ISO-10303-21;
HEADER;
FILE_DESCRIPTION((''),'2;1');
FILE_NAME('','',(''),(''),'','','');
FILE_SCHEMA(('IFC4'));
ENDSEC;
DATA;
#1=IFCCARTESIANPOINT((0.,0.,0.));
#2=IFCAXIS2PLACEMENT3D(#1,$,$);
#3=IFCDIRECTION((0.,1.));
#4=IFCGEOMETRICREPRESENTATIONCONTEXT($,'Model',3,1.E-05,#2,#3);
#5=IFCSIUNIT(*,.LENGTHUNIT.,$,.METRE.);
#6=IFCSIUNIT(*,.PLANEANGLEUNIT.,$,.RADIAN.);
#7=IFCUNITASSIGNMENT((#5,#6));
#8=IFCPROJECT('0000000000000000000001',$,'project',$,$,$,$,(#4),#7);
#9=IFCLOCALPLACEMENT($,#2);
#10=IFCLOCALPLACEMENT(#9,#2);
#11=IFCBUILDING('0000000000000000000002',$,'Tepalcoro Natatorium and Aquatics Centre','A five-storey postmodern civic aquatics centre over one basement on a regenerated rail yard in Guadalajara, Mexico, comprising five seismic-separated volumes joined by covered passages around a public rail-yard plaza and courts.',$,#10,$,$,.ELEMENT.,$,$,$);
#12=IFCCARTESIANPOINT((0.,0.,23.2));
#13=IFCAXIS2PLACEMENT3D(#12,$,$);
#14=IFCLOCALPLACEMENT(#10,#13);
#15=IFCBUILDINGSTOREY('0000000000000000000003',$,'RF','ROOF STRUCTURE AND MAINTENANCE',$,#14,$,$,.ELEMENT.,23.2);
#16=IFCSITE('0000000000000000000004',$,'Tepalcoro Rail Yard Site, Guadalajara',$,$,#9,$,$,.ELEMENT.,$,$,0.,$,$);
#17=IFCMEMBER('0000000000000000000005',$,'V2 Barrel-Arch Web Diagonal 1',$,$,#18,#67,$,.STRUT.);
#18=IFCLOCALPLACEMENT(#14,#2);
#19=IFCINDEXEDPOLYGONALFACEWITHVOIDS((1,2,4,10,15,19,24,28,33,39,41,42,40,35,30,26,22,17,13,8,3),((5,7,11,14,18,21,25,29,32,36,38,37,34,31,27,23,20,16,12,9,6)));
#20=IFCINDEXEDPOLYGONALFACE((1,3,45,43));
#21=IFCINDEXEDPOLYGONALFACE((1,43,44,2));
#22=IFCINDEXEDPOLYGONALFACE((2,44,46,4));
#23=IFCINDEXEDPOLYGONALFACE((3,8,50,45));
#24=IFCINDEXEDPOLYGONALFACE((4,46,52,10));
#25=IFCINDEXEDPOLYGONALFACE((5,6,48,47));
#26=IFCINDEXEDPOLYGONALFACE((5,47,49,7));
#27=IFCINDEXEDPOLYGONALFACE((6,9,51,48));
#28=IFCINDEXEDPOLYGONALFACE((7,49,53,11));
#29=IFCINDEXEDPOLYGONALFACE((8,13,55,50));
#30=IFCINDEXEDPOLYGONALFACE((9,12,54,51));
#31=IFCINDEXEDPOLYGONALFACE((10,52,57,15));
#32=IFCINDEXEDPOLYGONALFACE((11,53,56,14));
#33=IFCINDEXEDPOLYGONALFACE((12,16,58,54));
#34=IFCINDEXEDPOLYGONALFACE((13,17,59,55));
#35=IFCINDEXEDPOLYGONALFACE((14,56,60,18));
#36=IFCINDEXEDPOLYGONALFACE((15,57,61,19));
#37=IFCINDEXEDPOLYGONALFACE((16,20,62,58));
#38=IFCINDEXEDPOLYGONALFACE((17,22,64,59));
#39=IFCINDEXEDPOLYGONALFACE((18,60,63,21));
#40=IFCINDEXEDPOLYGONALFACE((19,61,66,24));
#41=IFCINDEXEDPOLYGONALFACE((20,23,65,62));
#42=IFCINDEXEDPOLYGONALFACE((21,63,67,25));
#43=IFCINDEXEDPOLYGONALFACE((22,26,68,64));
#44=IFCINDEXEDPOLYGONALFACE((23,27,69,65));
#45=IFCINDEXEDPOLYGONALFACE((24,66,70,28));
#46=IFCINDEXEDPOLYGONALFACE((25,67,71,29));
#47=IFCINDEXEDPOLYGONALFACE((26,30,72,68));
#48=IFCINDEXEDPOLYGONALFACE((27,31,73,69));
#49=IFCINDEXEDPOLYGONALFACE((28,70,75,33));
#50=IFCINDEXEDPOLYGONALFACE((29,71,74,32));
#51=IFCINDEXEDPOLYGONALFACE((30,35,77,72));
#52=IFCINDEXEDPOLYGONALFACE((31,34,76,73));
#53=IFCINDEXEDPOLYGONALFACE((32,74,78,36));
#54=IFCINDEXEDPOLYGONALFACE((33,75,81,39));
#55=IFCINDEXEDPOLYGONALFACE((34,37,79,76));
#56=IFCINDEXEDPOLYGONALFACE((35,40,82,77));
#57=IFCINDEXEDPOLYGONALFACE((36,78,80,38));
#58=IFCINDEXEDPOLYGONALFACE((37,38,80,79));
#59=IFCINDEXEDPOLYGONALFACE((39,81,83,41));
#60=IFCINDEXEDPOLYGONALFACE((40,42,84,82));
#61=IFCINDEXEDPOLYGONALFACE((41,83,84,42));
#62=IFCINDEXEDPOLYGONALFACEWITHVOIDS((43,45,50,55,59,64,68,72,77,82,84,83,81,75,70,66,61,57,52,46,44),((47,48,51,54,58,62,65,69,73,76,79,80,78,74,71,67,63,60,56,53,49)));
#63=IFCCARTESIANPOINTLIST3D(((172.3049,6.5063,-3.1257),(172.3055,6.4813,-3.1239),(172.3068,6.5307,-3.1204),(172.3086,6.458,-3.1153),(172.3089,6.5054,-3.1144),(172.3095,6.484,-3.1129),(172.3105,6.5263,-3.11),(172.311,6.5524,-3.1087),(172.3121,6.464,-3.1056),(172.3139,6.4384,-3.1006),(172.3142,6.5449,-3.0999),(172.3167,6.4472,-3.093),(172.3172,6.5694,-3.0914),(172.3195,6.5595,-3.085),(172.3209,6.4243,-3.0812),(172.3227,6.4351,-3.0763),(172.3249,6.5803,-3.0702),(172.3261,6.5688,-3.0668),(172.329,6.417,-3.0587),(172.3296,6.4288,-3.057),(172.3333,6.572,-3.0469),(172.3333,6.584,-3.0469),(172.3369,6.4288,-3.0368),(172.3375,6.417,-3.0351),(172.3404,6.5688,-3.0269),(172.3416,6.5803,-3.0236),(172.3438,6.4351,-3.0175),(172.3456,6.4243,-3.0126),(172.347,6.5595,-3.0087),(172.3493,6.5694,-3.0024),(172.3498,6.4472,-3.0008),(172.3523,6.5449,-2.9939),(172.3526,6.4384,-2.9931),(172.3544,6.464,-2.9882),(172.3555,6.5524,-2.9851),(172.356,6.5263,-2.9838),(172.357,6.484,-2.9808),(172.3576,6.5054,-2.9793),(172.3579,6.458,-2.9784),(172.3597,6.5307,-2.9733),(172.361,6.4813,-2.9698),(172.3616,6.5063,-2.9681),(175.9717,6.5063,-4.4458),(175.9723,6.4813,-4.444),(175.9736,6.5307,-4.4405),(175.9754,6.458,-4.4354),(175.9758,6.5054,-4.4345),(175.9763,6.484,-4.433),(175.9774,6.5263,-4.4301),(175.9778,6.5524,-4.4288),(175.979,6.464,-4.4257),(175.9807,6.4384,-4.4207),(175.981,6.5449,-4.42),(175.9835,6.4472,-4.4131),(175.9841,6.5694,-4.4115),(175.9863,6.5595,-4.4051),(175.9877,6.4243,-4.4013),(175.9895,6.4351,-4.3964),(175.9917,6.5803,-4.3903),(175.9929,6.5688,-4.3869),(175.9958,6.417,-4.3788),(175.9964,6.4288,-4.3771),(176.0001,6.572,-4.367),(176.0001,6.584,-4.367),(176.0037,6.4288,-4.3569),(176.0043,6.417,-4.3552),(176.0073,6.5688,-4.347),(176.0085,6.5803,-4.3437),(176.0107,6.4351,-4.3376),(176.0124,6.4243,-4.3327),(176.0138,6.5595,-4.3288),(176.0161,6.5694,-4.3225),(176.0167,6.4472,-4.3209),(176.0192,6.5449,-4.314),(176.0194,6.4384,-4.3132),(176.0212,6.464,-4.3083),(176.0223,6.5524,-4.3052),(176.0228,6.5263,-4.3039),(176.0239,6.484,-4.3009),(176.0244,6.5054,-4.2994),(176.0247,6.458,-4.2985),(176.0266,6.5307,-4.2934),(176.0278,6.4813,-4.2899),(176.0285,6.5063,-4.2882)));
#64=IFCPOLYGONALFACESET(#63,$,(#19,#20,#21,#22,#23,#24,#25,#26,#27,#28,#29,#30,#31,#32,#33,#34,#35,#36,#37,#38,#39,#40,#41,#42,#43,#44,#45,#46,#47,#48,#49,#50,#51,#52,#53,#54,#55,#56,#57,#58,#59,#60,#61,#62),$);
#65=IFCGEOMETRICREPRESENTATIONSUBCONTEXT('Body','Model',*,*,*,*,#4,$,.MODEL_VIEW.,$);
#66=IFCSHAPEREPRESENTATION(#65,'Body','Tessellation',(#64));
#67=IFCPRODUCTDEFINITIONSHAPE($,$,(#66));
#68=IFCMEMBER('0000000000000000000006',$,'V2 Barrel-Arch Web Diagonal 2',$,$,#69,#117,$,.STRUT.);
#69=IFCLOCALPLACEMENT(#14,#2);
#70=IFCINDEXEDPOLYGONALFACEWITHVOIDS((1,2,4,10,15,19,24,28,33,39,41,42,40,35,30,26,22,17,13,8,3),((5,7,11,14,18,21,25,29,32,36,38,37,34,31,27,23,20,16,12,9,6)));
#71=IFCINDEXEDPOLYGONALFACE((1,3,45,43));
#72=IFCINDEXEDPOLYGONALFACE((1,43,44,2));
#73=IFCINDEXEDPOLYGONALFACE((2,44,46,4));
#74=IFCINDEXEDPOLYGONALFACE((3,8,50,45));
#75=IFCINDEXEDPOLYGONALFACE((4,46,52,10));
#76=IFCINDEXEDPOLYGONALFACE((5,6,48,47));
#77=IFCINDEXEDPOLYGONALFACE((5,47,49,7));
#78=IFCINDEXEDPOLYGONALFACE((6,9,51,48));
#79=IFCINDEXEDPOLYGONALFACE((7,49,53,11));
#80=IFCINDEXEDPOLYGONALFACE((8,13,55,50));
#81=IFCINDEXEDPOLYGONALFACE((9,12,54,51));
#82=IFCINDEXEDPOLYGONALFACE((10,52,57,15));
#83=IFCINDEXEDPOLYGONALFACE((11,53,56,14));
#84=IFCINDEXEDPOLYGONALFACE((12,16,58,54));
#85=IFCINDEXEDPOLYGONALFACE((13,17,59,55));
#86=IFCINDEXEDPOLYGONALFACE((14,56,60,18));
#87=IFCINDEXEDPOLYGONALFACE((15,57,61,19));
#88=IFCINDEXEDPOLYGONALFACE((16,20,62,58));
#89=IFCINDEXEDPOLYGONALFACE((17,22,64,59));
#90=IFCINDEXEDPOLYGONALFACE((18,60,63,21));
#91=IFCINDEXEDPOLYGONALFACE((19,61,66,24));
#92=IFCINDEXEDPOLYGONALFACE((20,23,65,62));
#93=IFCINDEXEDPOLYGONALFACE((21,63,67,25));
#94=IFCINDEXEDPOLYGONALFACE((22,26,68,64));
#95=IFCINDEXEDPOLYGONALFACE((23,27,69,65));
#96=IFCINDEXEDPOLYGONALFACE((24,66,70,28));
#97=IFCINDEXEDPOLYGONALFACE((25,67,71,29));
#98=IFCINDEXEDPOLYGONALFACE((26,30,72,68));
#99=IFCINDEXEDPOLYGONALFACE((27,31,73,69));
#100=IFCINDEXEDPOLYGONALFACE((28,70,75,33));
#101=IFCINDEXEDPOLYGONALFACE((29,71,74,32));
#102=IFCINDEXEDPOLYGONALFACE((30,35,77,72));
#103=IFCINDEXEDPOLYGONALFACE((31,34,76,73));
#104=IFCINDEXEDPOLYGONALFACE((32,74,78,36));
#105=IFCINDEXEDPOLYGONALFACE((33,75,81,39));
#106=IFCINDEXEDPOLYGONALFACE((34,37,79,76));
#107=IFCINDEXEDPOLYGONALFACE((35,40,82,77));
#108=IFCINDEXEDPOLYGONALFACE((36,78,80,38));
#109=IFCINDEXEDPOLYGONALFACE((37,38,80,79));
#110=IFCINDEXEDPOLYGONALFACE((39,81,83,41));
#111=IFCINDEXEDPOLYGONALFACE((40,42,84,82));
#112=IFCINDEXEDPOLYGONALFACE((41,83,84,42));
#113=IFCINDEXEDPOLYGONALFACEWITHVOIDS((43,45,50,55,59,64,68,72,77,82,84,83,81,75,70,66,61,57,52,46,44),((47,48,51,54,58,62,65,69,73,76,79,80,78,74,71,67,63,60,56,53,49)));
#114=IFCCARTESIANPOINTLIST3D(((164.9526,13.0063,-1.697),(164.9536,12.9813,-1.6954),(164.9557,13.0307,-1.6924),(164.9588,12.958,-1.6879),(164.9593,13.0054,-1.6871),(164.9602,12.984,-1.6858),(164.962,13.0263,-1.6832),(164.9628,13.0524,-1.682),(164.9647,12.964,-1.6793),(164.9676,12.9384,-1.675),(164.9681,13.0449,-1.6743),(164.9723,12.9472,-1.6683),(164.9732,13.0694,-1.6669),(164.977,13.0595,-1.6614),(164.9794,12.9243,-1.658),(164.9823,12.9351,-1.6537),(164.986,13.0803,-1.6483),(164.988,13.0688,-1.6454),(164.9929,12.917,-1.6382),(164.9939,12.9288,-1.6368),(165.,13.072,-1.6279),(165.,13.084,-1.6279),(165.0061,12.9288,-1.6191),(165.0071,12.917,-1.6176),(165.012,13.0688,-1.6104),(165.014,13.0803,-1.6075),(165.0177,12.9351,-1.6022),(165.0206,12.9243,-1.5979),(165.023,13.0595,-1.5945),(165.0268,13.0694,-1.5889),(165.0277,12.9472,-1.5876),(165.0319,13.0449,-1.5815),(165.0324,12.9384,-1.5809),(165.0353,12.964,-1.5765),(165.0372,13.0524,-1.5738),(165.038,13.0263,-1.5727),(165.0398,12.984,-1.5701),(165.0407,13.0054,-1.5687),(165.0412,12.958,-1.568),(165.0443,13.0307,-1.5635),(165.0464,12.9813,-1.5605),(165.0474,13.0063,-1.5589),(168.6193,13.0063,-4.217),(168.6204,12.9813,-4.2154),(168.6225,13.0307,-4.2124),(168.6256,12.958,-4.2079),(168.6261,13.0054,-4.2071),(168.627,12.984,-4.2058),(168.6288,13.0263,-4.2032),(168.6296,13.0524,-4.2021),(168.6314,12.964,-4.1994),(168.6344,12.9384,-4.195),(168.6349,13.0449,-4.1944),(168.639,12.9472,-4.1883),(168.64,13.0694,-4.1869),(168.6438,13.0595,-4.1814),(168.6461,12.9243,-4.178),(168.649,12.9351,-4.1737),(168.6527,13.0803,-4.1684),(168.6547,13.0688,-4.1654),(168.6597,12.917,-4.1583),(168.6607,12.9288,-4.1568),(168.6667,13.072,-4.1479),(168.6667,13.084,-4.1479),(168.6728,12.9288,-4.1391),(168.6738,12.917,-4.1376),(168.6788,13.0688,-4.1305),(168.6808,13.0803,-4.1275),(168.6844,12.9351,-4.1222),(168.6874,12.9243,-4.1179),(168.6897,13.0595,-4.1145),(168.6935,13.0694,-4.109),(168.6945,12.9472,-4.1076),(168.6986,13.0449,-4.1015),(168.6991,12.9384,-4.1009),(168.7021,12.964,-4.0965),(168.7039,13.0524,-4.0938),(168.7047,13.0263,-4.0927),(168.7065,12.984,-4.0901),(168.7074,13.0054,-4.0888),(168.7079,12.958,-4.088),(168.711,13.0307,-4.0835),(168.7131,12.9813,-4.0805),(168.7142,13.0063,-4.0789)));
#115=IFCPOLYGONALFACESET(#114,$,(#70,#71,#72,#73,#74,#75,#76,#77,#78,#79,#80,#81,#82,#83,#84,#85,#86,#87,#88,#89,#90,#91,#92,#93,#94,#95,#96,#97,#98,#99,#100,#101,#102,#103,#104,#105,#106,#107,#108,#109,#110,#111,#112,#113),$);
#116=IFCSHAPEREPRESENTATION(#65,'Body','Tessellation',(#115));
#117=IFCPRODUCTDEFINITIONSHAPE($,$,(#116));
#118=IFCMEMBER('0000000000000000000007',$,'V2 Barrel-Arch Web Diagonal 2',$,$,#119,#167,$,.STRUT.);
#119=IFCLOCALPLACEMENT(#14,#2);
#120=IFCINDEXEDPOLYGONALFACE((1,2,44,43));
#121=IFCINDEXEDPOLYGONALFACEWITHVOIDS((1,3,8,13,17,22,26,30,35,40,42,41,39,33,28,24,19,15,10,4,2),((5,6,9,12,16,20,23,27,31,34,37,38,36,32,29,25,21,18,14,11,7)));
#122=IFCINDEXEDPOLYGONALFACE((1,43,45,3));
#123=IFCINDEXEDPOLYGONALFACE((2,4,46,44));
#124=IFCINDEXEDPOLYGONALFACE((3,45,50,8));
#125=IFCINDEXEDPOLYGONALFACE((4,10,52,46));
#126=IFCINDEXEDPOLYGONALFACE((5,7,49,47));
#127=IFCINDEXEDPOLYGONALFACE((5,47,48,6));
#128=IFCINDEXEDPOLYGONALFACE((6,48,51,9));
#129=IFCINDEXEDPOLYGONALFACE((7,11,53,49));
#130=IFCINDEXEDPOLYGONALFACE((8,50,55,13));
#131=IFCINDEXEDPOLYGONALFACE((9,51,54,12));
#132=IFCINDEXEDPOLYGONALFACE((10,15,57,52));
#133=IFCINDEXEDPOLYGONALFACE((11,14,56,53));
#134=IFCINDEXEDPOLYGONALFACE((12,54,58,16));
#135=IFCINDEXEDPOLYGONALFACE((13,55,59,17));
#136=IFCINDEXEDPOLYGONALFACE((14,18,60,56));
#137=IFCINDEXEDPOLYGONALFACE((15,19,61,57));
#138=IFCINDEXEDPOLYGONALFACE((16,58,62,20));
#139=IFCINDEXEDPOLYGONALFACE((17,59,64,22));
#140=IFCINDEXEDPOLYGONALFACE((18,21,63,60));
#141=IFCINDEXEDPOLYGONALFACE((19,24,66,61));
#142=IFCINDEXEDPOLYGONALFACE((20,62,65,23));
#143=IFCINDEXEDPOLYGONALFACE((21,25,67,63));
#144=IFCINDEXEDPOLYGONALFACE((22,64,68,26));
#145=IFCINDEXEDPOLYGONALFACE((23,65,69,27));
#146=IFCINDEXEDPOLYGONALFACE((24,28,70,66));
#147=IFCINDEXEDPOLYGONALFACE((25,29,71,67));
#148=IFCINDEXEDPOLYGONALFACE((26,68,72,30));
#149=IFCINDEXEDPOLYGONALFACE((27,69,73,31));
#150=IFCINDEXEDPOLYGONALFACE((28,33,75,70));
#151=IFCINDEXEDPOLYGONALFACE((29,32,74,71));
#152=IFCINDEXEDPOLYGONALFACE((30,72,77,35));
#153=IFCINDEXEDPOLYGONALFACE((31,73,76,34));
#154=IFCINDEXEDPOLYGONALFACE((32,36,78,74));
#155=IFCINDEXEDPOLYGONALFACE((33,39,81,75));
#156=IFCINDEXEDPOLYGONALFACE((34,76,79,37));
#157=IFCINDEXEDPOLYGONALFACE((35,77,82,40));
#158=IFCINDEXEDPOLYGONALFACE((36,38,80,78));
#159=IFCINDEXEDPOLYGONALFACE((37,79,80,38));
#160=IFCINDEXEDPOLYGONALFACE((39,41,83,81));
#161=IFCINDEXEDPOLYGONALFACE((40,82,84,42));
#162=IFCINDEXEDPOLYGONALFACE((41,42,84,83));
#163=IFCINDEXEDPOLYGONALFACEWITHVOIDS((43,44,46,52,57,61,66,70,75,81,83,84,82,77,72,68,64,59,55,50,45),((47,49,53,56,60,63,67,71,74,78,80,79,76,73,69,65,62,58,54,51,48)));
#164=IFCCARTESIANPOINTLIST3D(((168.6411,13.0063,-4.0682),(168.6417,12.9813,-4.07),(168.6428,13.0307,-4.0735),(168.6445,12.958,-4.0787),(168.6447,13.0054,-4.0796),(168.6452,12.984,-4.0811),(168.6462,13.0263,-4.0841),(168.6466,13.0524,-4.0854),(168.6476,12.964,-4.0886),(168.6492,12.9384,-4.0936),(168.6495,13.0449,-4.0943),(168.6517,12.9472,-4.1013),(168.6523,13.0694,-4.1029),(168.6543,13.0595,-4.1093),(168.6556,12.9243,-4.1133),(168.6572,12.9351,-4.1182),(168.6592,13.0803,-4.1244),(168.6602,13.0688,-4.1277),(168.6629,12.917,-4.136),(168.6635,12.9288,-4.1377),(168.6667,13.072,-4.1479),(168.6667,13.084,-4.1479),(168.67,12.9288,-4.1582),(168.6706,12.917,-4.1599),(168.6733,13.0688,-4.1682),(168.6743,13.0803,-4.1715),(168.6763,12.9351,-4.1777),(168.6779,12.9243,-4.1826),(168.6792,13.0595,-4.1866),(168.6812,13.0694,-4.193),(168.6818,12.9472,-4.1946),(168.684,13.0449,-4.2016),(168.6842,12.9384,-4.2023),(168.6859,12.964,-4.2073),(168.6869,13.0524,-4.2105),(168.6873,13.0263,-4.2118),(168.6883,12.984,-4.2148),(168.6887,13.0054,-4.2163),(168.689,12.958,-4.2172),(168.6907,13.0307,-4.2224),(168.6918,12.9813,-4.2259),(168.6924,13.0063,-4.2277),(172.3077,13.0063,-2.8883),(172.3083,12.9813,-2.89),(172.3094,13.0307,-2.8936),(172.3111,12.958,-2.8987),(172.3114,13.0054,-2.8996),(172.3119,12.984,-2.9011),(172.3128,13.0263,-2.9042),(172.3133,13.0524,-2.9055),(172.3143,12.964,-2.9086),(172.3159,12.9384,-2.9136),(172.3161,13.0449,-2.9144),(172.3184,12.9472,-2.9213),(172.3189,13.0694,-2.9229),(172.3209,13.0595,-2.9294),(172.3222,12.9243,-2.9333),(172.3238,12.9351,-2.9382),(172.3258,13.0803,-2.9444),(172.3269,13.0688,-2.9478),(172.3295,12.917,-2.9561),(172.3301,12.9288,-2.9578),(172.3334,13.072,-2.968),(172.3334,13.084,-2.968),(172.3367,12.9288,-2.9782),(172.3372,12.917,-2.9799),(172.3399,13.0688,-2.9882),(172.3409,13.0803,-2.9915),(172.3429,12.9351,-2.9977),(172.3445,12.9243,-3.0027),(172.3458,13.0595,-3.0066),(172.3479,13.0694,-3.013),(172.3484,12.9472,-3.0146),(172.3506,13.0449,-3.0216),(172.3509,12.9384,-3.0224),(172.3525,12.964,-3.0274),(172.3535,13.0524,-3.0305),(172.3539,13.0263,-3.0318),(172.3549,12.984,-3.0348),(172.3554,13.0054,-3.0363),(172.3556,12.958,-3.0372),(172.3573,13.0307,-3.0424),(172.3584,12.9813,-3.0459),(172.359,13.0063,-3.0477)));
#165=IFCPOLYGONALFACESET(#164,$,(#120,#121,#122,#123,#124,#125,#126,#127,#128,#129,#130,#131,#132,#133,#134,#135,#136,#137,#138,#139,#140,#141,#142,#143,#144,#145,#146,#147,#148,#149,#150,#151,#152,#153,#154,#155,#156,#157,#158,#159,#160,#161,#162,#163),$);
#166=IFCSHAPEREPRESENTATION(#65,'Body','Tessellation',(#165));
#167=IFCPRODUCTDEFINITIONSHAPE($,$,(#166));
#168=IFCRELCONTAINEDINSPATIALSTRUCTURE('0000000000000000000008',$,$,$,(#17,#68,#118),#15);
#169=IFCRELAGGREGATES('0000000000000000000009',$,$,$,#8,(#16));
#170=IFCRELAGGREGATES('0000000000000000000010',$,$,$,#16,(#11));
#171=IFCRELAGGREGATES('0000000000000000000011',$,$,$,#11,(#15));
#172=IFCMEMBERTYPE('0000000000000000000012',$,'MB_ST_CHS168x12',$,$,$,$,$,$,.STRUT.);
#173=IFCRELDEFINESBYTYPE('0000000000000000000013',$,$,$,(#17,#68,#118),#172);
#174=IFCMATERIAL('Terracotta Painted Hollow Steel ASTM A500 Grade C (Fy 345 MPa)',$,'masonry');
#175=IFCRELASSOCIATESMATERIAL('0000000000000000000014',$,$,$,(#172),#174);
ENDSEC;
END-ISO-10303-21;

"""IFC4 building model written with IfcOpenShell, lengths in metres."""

from ifc_helpers import new_model, si_unit, direction, frame, origin, origin_2d, place, context, subcontext, project, spatial, hollow_circle, extrude, material, material_profile, profile_set, type_object, element, save


model = new_model("IFC4")

# Units and contexts
model_context = context("Model", 3, precision=1e-05, world=origin(), true_north=direction((0.0, 1.0)))
body_context = subcontext(model_context, "Body", "Model", "MODEL_VIEW")
ifc_project = project(units=[si_unit("LENGTHUNIT", "METRE"), si_unit("PLANEANGLEUNIT", "RADIAN")], contexts=[model_context])

# Site, building, storey
site_placement = place(None, origin())
site = spatial("IfcSite", under=ifc_project, at=site_placement, Name="Tepalcoro Rail Yard Site, Guadalajara", CompositionType="ELEMENT", RefElevation=0.0)
building_placement = place(site_placement, origin())
building = spatial("IfcBuilding", under=site, at=building_placement, Name="Tepalcoro Natatorium and Aquatics Centre", Description="A five-storey postmodern civic aquatics centre over one basement on a regenerated rail yard in Guadalajara, Mexico, comprising five seismic-separated volumes joined by covered passages around a public rail-yard plaza and courts.", CompositionType="ELEMENT")
storey_placement = place(building_placement, frame((0.0, 0.0, 23.2)))
storey = spatial("IfcBuildingStorey", under=building, at=storey_placement, Name="RF", Description="ROOF STRUCTURE AND MAINTENANCE", CompositionType="ELEMENT", Elevation=23.2)

# Shared definitions
ifc_material_1 = material(Name="Terracotta Painted Hollow Steel ASTM A500 Grade C (Fy 345 MPa)", Category="masonry")

# Members
ifc_material_profile_1 = material_profile(ifc_material_1, hollow_circle(Radius=0.084, WallThickness=0.012, at=origin_2d()), Name="CHS168X12")
ifc_profile_set_1 = profile_set([ifc_material_profile_1], Name="Terracotta Painted Hollow Steel ASTM A500 Grade C (Fy 345 MPa)")
member_type_1 = type_object("IfcMemberType", Name="MB_ST_CHS168x12", PredefinedType="STRUT", material=ifc_profile_set_1)
member_1_placement = place(storey_placement, frame((172.3333, 6.5, -3.0469), z_axis=(0.940884, 0.0, -0.338728), x_axis=(0.0, 1.0, 0.0)))
element("IfcMember", 1, at=member_1_placement, inside=storey, type_object=member_type_1, Name="V2 Barrel-Arch Web Diagonal 1", PredefinedType="STRUT", context=body_context, shape_type="SweptSolid", body=[
    extrude(hollow_circle(Radius=0.084, WallThickness=0.012, at=origin_2d()), origin(), (0.0, 0.0, 1.0), 3.8972),
])
member_2_placement = place(storey_placement, frame((165.0, 13.0, -1.6279), z_axis=(0.824133, 0.0, -0.566396), x_axis=(0.0, 1.0, 0.0)))
element("IfcMember", 2, at=member_2_placement, inside=storey, type_object=member_type_1, Name="V2 Barrel-Arch Web Diagonal 2", PredefinedType="STRUT", context=body_context, shape_type="SweptSolid", body=[
    extrude(hollow_circle(Radius=0.084, WallThickness=0.012, at=origin_2d()), origin(), (0.0, 0.0, 1.0), 4.4492),
])
member_3_placement = place(storey_placement, frame((168.6667, 13.0, -4.1479), z_axis=(0.951922, 0.0, 0.306342), x_axis=(0.0, 1.0, 0.0)))
element("IfcMember", 3, at=member_3_placement, inside=storey, type_object=member_type_1, Name="V2 Barrel-Arch Web Diagonal 2", PredefinedType="STRUT", context=body_context, shape_type="SweptSolid", body=[
    extrude(hollow_circle(Radius=0.084, WallThickness=0.012, at=origin_2d()), origin(), (0.0, 0.0, 1.0), 3.8518),
])

save(model, "model.ifc")
